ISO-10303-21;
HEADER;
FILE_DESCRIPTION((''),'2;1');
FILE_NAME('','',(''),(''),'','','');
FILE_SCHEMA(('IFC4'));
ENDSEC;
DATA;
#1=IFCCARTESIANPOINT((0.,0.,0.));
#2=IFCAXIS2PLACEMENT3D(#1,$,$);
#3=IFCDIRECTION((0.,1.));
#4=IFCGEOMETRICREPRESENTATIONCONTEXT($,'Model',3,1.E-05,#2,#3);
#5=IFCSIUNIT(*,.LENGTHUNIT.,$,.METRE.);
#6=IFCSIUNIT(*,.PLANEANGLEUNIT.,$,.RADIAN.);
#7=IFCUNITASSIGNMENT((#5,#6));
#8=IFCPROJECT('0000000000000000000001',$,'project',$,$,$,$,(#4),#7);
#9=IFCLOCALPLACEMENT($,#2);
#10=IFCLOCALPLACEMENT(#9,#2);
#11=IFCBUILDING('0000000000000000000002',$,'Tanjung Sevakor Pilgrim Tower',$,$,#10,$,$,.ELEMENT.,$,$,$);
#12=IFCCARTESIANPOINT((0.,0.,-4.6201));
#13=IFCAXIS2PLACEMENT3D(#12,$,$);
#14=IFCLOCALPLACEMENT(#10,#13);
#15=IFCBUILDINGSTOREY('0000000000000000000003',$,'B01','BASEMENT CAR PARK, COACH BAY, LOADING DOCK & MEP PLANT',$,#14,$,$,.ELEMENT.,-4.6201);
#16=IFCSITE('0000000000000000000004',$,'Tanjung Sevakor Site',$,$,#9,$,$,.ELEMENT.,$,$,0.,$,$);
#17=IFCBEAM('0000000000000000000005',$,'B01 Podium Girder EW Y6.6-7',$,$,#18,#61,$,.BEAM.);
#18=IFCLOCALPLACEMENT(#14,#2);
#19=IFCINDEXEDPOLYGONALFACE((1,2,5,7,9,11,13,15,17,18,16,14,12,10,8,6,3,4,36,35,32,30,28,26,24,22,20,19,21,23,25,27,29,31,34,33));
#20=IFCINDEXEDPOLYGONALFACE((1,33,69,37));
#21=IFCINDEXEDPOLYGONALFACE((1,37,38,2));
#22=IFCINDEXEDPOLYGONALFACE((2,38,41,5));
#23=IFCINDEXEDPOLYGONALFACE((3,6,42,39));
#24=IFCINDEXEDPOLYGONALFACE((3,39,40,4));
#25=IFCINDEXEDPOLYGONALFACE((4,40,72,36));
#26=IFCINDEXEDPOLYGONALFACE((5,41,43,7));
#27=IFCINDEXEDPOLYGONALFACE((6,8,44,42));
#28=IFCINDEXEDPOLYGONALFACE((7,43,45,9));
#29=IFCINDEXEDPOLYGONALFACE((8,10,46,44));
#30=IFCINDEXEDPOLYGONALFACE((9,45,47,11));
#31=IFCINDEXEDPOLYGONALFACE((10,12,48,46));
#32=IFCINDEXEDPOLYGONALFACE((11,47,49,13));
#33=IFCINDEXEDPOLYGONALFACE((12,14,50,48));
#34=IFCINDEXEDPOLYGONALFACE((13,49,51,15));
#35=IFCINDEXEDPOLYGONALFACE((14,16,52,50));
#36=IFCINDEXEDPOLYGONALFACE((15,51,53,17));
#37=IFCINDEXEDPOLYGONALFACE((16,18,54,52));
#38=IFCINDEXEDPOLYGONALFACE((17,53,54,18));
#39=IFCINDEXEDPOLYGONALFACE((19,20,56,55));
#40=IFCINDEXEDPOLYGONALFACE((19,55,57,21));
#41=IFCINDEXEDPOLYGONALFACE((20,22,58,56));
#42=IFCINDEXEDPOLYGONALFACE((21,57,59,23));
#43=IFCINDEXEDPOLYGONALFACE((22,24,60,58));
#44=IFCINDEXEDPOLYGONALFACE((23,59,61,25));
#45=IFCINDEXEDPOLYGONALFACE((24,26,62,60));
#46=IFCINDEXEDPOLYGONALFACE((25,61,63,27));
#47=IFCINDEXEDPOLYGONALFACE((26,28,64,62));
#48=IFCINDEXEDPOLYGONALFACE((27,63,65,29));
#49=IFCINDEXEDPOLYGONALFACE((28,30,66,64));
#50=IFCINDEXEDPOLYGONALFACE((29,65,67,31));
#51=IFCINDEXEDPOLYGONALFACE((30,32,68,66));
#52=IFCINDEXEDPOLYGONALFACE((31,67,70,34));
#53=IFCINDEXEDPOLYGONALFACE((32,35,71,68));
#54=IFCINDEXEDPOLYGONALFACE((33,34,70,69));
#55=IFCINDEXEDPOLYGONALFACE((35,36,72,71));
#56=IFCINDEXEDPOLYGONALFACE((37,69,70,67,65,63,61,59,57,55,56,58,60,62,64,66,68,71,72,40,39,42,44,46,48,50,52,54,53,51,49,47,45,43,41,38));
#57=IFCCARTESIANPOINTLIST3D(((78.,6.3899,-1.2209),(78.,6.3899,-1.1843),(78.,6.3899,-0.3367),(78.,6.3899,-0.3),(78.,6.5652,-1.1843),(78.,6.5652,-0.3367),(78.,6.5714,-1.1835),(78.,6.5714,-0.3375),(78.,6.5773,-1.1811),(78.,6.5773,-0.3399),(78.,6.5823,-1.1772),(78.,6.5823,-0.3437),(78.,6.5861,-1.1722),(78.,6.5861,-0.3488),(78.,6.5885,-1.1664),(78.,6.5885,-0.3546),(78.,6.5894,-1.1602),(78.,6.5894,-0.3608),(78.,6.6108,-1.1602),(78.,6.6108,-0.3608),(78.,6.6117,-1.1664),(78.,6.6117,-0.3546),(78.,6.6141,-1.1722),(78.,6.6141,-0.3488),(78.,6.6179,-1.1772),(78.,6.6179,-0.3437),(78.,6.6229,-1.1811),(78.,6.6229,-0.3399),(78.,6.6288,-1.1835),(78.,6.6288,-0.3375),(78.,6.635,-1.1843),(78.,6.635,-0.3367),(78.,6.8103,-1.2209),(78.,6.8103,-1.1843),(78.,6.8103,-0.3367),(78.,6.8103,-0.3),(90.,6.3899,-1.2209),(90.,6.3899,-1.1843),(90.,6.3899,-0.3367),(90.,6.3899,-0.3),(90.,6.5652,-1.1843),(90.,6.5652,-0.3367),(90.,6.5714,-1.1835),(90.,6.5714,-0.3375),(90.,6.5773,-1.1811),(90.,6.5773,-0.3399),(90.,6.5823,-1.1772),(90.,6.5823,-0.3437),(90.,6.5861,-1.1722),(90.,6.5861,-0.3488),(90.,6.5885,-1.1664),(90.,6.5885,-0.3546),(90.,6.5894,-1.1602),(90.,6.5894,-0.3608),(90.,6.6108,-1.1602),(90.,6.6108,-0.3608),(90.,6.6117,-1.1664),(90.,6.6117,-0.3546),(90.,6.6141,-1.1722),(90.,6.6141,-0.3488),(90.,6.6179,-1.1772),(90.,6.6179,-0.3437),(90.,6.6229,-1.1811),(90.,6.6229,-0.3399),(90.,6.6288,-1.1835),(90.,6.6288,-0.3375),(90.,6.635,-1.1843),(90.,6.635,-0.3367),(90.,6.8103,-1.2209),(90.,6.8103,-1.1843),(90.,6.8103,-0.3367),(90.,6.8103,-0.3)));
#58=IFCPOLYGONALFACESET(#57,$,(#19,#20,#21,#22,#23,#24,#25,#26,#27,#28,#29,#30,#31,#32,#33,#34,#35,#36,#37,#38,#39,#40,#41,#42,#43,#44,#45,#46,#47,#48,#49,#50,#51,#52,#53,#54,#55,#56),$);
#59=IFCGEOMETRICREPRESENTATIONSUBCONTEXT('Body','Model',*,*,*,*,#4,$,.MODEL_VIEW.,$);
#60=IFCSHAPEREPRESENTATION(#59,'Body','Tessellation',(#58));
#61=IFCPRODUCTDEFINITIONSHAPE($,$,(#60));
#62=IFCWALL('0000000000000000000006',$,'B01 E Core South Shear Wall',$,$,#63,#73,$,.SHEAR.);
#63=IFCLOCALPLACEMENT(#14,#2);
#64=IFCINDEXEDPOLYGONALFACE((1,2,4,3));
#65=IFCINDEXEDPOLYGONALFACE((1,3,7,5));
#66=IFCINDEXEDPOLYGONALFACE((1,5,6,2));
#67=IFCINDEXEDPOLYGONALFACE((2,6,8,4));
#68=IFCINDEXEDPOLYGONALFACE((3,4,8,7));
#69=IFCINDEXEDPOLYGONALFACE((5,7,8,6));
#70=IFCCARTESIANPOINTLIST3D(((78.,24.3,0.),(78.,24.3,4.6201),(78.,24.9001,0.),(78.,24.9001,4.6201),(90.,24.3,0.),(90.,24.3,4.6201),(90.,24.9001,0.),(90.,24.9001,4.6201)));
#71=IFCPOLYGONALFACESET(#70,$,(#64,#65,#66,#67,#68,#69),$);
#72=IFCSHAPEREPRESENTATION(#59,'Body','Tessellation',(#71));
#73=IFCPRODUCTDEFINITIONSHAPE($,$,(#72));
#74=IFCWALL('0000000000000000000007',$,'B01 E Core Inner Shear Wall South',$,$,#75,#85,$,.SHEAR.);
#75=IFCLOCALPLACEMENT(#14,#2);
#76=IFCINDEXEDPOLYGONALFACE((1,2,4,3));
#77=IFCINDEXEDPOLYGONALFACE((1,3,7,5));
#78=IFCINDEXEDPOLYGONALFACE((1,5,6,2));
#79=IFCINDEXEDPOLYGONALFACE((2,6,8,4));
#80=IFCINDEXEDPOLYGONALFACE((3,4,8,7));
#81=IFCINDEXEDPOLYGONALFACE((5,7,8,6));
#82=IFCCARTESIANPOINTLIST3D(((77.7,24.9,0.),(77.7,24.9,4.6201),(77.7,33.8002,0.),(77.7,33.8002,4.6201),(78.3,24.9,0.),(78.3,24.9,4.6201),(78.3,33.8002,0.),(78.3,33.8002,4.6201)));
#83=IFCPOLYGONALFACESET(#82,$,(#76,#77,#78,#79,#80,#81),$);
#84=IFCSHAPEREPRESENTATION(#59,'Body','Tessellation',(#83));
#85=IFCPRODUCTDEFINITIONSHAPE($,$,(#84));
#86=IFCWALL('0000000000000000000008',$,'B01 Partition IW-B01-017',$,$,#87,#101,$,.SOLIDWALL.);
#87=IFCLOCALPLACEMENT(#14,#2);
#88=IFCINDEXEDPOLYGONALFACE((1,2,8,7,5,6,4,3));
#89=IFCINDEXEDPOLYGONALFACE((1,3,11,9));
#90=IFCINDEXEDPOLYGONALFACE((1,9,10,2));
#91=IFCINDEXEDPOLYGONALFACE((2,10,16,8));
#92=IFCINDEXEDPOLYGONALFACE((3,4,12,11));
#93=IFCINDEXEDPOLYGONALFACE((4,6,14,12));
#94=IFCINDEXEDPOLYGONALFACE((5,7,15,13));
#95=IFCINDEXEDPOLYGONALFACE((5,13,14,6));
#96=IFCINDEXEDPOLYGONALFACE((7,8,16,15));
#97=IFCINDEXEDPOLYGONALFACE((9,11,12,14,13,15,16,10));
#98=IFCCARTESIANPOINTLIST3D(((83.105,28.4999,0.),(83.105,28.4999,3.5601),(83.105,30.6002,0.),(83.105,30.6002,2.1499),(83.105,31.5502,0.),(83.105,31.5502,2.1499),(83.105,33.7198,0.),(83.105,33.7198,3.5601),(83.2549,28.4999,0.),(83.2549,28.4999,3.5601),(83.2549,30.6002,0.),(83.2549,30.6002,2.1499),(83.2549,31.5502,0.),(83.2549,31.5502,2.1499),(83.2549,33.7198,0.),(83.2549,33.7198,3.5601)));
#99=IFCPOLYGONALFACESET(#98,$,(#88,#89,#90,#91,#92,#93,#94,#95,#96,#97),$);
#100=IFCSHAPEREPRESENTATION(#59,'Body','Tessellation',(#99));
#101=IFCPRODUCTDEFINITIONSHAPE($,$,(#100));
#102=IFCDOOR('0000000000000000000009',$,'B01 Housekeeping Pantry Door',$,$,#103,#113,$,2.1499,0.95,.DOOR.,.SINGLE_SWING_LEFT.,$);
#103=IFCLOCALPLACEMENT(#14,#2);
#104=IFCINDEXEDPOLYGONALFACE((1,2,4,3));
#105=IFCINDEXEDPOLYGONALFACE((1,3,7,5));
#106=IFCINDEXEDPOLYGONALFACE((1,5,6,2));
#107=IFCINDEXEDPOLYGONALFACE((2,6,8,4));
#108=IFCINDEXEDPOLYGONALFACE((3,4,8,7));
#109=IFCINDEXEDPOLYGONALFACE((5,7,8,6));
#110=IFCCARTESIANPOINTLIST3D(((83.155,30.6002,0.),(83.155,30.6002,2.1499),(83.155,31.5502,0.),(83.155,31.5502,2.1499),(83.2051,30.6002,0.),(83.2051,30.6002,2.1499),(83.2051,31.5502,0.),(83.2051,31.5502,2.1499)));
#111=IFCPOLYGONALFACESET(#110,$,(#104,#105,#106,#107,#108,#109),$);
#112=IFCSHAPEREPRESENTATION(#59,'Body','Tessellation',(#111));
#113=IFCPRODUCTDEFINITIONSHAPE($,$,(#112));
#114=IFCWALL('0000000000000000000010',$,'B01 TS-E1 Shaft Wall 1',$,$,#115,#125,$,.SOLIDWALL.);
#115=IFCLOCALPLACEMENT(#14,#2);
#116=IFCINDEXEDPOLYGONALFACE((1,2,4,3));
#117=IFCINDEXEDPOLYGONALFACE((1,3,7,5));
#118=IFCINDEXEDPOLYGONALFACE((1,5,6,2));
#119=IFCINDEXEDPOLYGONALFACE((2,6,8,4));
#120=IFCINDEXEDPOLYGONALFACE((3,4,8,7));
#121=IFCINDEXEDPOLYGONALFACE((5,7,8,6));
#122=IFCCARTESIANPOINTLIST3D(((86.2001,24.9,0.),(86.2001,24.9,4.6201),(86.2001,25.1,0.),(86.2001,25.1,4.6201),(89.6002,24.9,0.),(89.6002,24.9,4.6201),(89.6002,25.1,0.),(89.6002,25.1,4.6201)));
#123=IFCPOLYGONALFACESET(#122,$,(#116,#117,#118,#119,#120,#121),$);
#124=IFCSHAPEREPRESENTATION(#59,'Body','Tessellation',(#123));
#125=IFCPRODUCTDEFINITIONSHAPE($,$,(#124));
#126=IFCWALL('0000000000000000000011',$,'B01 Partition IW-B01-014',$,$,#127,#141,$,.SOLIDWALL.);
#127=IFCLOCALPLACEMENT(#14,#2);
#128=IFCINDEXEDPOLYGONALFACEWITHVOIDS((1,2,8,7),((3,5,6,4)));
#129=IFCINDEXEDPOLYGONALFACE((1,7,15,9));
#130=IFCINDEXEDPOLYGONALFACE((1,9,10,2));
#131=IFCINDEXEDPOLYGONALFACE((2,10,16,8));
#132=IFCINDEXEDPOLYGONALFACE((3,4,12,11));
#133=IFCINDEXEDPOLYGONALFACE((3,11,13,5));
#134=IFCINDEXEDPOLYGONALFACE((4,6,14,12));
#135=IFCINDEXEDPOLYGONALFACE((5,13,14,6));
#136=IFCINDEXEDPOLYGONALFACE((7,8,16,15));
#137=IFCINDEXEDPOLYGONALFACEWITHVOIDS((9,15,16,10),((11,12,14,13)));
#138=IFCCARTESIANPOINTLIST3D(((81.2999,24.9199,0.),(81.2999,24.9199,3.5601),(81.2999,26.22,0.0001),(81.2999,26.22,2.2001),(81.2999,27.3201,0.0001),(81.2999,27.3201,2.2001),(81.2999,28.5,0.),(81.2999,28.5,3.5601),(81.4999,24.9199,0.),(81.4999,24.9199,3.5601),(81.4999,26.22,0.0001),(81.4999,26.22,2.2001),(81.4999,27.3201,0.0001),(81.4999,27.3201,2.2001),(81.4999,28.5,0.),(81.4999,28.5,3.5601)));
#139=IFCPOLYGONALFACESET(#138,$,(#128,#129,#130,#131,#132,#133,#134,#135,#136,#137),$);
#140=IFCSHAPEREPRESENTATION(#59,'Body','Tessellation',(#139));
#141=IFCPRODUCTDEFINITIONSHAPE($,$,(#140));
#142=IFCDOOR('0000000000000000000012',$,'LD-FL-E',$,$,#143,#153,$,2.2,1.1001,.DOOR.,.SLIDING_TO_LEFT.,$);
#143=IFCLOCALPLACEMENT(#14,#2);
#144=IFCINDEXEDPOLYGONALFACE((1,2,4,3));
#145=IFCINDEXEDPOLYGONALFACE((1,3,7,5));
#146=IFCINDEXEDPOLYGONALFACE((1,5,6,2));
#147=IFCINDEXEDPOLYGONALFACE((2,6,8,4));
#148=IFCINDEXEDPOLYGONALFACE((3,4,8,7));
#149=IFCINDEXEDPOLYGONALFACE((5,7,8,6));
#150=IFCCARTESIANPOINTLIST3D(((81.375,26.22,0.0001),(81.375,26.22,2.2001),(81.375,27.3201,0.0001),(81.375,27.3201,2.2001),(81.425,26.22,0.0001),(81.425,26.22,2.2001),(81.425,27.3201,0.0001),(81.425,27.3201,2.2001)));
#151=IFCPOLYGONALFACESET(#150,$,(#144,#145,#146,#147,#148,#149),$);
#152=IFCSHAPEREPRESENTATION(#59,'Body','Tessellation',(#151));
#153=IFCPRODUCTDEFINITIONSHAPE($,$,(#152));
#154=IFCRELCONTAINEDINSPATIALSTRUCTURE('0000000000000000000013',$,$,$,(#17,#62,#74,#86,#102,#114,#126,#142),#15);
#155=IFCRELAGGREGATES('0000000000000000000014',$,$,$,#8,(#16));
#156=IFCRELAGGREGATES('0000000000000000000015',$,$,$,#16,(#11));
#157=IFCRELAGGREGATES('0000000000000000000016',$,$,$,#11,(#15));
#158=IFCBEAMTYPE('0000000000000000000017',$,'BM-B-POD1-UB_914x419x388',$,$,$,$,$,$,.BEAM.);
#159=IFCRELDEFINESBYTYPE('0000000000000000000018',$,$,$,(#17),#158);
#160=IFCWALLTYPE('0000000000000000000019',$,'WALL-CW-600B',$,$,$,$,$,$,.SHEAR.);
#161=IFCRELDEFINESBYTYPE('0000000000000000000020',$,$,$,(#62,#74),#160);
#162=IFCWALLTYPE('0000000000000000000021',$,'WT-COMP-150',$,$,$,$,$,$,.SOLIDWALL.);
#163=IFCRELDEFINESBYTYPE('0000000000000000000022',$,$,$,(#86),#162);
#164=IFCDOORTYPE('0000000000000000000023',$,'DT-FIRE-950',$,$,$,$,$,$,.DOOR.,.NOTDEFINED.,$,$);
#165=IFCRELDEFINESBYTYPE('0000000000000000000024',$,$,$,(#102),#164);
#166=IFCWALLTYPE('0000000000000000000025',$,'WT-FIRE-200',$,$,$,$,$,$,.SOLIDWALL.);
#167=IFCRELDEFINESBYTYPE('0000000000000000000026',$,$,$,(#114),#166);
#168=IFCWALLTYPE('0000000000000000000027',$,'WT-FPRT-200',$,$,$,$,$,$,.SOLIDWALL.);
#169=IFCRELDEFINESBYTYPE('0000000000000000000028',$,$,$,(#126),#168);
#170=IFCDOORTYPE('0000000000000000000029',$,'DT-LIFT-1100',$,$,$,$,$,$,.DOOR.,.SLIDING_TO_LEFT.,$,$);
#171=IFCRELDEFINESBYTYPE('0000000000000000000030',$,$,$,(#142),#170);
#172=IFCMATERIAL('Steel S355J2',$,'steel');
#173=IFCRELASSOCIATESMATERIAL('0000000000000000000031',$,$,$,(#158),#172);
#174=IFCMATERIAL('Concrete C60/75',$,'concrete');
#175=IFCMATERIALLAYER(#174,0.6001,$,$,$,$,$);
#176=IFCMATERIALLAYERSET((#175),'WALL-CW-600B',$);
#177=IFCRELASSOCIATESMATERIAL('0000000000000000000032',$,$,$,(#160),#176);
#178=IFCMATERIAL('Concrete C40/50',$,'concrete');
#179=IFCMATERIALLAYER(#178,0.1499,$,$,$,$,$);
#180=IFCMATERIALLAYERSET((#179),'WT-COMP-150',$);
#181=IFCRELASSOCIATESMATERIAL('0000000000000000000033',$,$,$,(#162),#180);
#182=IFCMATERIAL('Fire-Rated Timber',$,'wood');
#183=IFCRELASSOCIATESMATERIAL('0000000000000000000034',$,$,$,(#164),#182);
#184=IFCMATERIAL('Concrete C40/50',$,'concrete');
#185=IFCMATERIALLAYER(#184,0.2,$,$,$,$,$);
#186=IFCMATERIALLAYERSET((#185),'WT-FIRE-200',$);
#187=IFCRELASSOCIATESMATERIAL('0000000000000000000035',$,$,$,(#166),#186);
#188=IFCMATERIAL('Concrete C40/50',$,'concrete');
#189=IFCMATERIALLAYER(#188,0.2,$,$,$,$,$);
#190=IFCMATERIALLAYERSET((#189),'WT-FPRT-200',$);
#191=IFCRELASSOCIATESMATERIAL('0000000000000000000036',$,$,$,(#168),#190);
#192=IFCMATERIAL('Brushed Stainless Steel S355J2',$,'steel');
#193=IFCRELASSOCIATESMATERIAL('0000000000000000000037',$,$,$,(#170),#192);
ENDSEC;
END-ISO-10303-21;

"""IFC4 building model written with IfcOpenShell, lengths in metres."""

from ifc_helpers import new_model, si_unit, direction, frame, frame_2d, origin, origin_2d, place, context, subcontext, project, spatial, rectangle, i_section, extrude, material, layer, layer_set, material_profile, profile_set, type_object, element, fill, save


model = new_model("IFC4")

# Units and contexts
model_context = context("Model", 3, precision=1e-05, world=origin(), true_north=direction((0.0, 1.0)))
body_context = subcontext(model_context, "Body", "Model", "MODEL_VIEW")
ifc_project = project(units=[si_unit("LENGTHUNIT", "METRE"), si_unit("PLANEANGLEUNIT", "RADIAN")], contexts=[model_context])

# Site, building, storey
site_placement = place(None, origin())
site = spatial("IfcSite", under=ifc_project, at=site_placement, Name="Tanjung Sevakor Site", CompositionType="ELEMENT", RefElevation=0.0)
building_placement = place(site_placement, origin())
building = spatial("IfcBuilding", under=site, at=building_placement, Name="Tanjung Sevakor Pilgrim Tower", CompositionType="ELEMENT")
storey_placement = place(building_placement, frame((0.0, 0.0, -4.6201)))
storey = spatial("IfcBuildingStorey", under=building, at=storey_placement, Name="B01", Description="BASEMENT CAR PARK, COACH BAY, LOADING DOCK & MEP PLANT", CompositionType="ELEMENT", Elevation=-4.6201)

# Beam
ifc_material_1 = material(Name="Steel S355J2", Category="steel")
ifc_material_profile_1 = material_profile(ifc_material_1, i_section(OverallWidth=0.4204, OverallDepth=0.9209, WebThickness=0.0215, FlangeThickness=0.0366, FilletRadius=0.0242, at=origin_2d()))
ifc_profile_set_1 = profile_set([ifc_material_profile_1], Name="Steel S355J2")
beam_type_1 = type_object("IfcBeamType", Name="BM-B-POD1-UB_914x419x388", PredefinedType="BEAM", material=ifc_profile_set_1)
beam_1_placement = place(storey_placement, frame((78.0, 6.6001, -0.7605), z_axis=(1.0, 0.0, 0.0), x_axis=(0.0, 1.0, 0.0)))
element("IfcBeam", 1, at=beam_1_placement, inside=storey, type_object=beam_type_1, Name="B01 Podium Girder EW Y6.6-7", PredefinedType="BEAM", context=body_context, shape_type="SweptSolid", body=[
    extrude(i_section(OverallWidth=0.4204, OverallDepth=0.9209, WebThickness=0.0215, FlangeThickness=0.0366, FilletRadius=0.0242, at=origin_2d()), origin(), (0.0, 0.0, 1.0), 12.0),
])

# Walls
ifc_material_2 = material(Name="Concrete C60/75", Category="concrete")
ifc_layer_1 = layer(ifc_material_2, 0.6001)
ifc_layer_set_1 = layer_set([ifc_layer_1], Name="WALL-CW-600B")
wall_type_1 = type_object("IfcWallType", Name="WALL-CW-600B", PredefinedType="SHEAR", material=ifc_layer_set_1)
wall_1_placement = place(storey_placement, frame((78.0, 24.6001, 0.0), z_axis=(0.0, 0.0, 1.0), x_axis=(1.0, 0.0, 0.0)))
element("IfcWall", 2, at=wall_1_placement, inside=storey, type_object=wall_type_1, Name="B01 E Core South Shear Wall", PredefinedType="SHEAR", context=body_context, shape_type="SweptSolid", body=[
    extrude(rectangle(XDim=12.0, YDim=0.6001, at=frame_2d((6.0, 0.0))), origin(), (0.0, 0.0, 1.0), 4.6201),
])
wall_2_placement = place(storey_placement, frame((78.0, 24.8999, 0.0), z_axis=(0.0, 0.0, 1.0), x_axis=(0.0, 1.0, 0.0)))
element("IfcWall", 3, at=wall_2_placement, inside=storey, type_object=wall_type_1, Name="B01 E Core Inner Shear Wall South", PredefinedType="SHEAR", context=body_context, shape_type="SweptSolid", body=[
    extrude(rectangle(XDim=8.9001, YDim=0.6001, at=frame_2d((4.4502, 0.0))), origin(), (0.0, 0.0, 1.0), 4.6201),
])

# Wall, opening, door
ifc_material_3 = material(Name="Concrete C40/50", Category="concrete")
ifc_layer_2 = layer(ifc_material_3, 0.1499)
ifc_layer_set_2 = layer_set([ifc_layer_2], Name="WT-COMP-150")
wall_type_2 = type_object("IfcWallType", Name="WT-COMP-150", PredefinedType="SOLIDWALL", material=ifc_layer_set_2)
wall_3_placement = place(storey_placement, frame((83.1799, 28.5, 0.0), z_axis=(0.0, 0.0, 1.0), x_axis=(0.0, 1.0, 0.0)))
wall_3 = element("IfcWall", 4, at=wall_3_placement, inside=storey, type_object=wall_type_2, Name="B01 Partition IW-B01-017", PredefinedType="SOLIDWALL", context=body_context, shape_type="SweptSolid", body=[
    extrude(rectangle(XDim=5.22, YDim=0.1499, at=frame_2d((2.6099, 0.0))), origin(), (0.0, 0.0, 1.0), 3.5601),
])
opening_1_placement = place(wall_3_placement, frame((2.1001, 0.0, 0.0)))
opening_1 = element("IfcOpeningElement", 5, at=opening_1_placement, cuts=wall_3, PredefinedType="OPENING", context=body_context, shape_type="SweptSolid", body=[
    extrude(rectangle(XDim=0.95, YDim=2.1499, at=frame_2d((0.4751, 1.075))), frame((0.0, 0.085, 0.0), z_axis=(0.0, -1.0, 0.0), x_axis=(1.0, 0.0, 0.0)), (0.0, 0.0, 1.0), 0.1699),
])
ifc_material_4 = material(Name="Fire-Rated Timber", Category="wood")
door_type_1 = type_object("IfcDoorType", Name="DT-FIRE-950", OperationType="NOTDEFINED", PredefinedType="DOOR", material=ifc_material_4)
door_1_placement = place(opening_1_placement, origin())
door_1 = element("IfcDoor", 6, at=door_1_placement, inside=storey, type_object=door_type_1, Name="B01 Housekeeping Pantry Door", OperationType="SINGLE_SWING_LEFT", OverallHeight=2.1499, OverallWidth=0.95, PredefinedType="DOOR", context=body_context, shape_type="SweptSolid", body=[
    extrude(rectangle(XDim=0.95, YDim=2.1499, at=frame_2d((0.4751, 1.075))), frame((0.0, 0.0249, 0.0), z_axis=(0.0, -1.0, 0.0), x_axis=(1.0, 0.0, 0.0)), (0.0, 0.0, 1.0), 0.05),
])
fill(opening_1, door_1)

# Wall
ifc_material_5 = material(Name="Concrete C40/50", Category="concrete")
ifc_layer_3 = layer(ifc_material_5, 0.2)
ifc_layer_set_3 = layer_set([ifc_layer_3], Name="WT-FIRE-200")
wall_type_3 = type_object("IfcWallType", Name="WT-FIRE-200", PredefinedType="SOLIDWALL", material=ifc_layer_set_3)
wall_4_placement = place(storey_placement, frame((86.2, 25.0, 0.0), z_axis=(0.0, 0.0, 1.0), x_axis=(1.0, 0.0, 0.0)))
element("IfcWall", 7, at=wall_4_placement, inside=storey, type_object=wall_type_3, Name="B01 TS-E1 Shaft Wall 1", PredefinedType="SOLIDWALL", context=body_context, shape_type="SweptSolid", body=[
    extrude(rectangle(XDim=3.4001, YDim=0.2, at=frame_2d((1.7002, 0.0))), origin(), (0.0, 0.0, 1.0), 4.6201),
])

# Wall, opening, door
ifc_material_6 = material(Name="Concrete C40/50", Category="concrete")
ifc_layer_4 = layer(ifc_material_6, 0.2)
ifc_layer_set_4 = layer_set([ifc_layer_4], Name="WT-FPRT-200")
wall_type_4 = type_object("IfcWallType", Name="WT-FPRT-200", PredefinedType="SOLIDWALL", material=ifc_layer_set_4)
wall_5_placement = place(storey_placement, frame((81.3999, 24.9199, 0.0), z_axis=(0.0, 0.0, 1.0), x_axis=(0.0, 1.0, 0.0)))
wall_5 = element("IfcWall", 8, at=wall_5_placement, inside=storey, type_object=wall_type_4, Name="B01 Partition IW-B01-014", PredefinedType="SOLIDWALL", context=body_context, shape_type="SweptSolid", body=[
    extrude(rectangle(XDim=3.5801, YDim=0.2, at=frame_2d((1.79, 0.0))), origin(), (0.0, 0.0, 1.0), 3.5601),
])
opening_2_placement = place(wall_5_placement, frame((1.3, 0.0, 0.0)))
opening_2 = element("IfcOpeningElement", 9, at=opening_2_placement, cuts=wall_5, PredefinedType="OPENING", context=body_context, shape_type="SweptSolid", body=[
    extrude(rectangle(XDim=1.1001, YDim=2.2, at=frame_2d((0.55, 1.1001))), frame((0.0, 0.1099, 0.0), z_axis=(0.0, -1.0, 0.0), x_axis=(1.0, 0.0, 0.0)), (0.0, 0.0, 1.0), 0.22),
])
ifc_material_7 = material(Name="Brushed Stainless Steel S355J2", Category="steel")
door_type_2 = type_object("IfcDoorType", Name="DT-LIFT-1100", OperationType="SLIDING_TO_LEFT", PredefinedType="DOOR", material=ifc_material_7)
door_2_placement = place(opening_2_placement, origin())
door_2 = element("IfcDoor", 10, at=door_2_placement, inside=storey, type_object=door_type_2, Name="LD-FL-E", OperationType="SLIDING_TO_LEFT", OverallHeight=2.2, OverallWidth=1.1001, PredefinedType="DOOR", context=body_context, shape_type="SweptSolid", body=[
    extrude(rectangle(XDim=1.1001, YDim=2.2, at=frame_2d((0.55, 1.1001))), frame((0.0, 0.0249, 0.0), z_axis=(0.0, -1.0, 0.0), x_axis=(1.0, 0.0, 0.0)), (0.0, 0.0, 1.0), 0.05),
])
fill(opening_2, door_2)

save(model, "model.ifc")
